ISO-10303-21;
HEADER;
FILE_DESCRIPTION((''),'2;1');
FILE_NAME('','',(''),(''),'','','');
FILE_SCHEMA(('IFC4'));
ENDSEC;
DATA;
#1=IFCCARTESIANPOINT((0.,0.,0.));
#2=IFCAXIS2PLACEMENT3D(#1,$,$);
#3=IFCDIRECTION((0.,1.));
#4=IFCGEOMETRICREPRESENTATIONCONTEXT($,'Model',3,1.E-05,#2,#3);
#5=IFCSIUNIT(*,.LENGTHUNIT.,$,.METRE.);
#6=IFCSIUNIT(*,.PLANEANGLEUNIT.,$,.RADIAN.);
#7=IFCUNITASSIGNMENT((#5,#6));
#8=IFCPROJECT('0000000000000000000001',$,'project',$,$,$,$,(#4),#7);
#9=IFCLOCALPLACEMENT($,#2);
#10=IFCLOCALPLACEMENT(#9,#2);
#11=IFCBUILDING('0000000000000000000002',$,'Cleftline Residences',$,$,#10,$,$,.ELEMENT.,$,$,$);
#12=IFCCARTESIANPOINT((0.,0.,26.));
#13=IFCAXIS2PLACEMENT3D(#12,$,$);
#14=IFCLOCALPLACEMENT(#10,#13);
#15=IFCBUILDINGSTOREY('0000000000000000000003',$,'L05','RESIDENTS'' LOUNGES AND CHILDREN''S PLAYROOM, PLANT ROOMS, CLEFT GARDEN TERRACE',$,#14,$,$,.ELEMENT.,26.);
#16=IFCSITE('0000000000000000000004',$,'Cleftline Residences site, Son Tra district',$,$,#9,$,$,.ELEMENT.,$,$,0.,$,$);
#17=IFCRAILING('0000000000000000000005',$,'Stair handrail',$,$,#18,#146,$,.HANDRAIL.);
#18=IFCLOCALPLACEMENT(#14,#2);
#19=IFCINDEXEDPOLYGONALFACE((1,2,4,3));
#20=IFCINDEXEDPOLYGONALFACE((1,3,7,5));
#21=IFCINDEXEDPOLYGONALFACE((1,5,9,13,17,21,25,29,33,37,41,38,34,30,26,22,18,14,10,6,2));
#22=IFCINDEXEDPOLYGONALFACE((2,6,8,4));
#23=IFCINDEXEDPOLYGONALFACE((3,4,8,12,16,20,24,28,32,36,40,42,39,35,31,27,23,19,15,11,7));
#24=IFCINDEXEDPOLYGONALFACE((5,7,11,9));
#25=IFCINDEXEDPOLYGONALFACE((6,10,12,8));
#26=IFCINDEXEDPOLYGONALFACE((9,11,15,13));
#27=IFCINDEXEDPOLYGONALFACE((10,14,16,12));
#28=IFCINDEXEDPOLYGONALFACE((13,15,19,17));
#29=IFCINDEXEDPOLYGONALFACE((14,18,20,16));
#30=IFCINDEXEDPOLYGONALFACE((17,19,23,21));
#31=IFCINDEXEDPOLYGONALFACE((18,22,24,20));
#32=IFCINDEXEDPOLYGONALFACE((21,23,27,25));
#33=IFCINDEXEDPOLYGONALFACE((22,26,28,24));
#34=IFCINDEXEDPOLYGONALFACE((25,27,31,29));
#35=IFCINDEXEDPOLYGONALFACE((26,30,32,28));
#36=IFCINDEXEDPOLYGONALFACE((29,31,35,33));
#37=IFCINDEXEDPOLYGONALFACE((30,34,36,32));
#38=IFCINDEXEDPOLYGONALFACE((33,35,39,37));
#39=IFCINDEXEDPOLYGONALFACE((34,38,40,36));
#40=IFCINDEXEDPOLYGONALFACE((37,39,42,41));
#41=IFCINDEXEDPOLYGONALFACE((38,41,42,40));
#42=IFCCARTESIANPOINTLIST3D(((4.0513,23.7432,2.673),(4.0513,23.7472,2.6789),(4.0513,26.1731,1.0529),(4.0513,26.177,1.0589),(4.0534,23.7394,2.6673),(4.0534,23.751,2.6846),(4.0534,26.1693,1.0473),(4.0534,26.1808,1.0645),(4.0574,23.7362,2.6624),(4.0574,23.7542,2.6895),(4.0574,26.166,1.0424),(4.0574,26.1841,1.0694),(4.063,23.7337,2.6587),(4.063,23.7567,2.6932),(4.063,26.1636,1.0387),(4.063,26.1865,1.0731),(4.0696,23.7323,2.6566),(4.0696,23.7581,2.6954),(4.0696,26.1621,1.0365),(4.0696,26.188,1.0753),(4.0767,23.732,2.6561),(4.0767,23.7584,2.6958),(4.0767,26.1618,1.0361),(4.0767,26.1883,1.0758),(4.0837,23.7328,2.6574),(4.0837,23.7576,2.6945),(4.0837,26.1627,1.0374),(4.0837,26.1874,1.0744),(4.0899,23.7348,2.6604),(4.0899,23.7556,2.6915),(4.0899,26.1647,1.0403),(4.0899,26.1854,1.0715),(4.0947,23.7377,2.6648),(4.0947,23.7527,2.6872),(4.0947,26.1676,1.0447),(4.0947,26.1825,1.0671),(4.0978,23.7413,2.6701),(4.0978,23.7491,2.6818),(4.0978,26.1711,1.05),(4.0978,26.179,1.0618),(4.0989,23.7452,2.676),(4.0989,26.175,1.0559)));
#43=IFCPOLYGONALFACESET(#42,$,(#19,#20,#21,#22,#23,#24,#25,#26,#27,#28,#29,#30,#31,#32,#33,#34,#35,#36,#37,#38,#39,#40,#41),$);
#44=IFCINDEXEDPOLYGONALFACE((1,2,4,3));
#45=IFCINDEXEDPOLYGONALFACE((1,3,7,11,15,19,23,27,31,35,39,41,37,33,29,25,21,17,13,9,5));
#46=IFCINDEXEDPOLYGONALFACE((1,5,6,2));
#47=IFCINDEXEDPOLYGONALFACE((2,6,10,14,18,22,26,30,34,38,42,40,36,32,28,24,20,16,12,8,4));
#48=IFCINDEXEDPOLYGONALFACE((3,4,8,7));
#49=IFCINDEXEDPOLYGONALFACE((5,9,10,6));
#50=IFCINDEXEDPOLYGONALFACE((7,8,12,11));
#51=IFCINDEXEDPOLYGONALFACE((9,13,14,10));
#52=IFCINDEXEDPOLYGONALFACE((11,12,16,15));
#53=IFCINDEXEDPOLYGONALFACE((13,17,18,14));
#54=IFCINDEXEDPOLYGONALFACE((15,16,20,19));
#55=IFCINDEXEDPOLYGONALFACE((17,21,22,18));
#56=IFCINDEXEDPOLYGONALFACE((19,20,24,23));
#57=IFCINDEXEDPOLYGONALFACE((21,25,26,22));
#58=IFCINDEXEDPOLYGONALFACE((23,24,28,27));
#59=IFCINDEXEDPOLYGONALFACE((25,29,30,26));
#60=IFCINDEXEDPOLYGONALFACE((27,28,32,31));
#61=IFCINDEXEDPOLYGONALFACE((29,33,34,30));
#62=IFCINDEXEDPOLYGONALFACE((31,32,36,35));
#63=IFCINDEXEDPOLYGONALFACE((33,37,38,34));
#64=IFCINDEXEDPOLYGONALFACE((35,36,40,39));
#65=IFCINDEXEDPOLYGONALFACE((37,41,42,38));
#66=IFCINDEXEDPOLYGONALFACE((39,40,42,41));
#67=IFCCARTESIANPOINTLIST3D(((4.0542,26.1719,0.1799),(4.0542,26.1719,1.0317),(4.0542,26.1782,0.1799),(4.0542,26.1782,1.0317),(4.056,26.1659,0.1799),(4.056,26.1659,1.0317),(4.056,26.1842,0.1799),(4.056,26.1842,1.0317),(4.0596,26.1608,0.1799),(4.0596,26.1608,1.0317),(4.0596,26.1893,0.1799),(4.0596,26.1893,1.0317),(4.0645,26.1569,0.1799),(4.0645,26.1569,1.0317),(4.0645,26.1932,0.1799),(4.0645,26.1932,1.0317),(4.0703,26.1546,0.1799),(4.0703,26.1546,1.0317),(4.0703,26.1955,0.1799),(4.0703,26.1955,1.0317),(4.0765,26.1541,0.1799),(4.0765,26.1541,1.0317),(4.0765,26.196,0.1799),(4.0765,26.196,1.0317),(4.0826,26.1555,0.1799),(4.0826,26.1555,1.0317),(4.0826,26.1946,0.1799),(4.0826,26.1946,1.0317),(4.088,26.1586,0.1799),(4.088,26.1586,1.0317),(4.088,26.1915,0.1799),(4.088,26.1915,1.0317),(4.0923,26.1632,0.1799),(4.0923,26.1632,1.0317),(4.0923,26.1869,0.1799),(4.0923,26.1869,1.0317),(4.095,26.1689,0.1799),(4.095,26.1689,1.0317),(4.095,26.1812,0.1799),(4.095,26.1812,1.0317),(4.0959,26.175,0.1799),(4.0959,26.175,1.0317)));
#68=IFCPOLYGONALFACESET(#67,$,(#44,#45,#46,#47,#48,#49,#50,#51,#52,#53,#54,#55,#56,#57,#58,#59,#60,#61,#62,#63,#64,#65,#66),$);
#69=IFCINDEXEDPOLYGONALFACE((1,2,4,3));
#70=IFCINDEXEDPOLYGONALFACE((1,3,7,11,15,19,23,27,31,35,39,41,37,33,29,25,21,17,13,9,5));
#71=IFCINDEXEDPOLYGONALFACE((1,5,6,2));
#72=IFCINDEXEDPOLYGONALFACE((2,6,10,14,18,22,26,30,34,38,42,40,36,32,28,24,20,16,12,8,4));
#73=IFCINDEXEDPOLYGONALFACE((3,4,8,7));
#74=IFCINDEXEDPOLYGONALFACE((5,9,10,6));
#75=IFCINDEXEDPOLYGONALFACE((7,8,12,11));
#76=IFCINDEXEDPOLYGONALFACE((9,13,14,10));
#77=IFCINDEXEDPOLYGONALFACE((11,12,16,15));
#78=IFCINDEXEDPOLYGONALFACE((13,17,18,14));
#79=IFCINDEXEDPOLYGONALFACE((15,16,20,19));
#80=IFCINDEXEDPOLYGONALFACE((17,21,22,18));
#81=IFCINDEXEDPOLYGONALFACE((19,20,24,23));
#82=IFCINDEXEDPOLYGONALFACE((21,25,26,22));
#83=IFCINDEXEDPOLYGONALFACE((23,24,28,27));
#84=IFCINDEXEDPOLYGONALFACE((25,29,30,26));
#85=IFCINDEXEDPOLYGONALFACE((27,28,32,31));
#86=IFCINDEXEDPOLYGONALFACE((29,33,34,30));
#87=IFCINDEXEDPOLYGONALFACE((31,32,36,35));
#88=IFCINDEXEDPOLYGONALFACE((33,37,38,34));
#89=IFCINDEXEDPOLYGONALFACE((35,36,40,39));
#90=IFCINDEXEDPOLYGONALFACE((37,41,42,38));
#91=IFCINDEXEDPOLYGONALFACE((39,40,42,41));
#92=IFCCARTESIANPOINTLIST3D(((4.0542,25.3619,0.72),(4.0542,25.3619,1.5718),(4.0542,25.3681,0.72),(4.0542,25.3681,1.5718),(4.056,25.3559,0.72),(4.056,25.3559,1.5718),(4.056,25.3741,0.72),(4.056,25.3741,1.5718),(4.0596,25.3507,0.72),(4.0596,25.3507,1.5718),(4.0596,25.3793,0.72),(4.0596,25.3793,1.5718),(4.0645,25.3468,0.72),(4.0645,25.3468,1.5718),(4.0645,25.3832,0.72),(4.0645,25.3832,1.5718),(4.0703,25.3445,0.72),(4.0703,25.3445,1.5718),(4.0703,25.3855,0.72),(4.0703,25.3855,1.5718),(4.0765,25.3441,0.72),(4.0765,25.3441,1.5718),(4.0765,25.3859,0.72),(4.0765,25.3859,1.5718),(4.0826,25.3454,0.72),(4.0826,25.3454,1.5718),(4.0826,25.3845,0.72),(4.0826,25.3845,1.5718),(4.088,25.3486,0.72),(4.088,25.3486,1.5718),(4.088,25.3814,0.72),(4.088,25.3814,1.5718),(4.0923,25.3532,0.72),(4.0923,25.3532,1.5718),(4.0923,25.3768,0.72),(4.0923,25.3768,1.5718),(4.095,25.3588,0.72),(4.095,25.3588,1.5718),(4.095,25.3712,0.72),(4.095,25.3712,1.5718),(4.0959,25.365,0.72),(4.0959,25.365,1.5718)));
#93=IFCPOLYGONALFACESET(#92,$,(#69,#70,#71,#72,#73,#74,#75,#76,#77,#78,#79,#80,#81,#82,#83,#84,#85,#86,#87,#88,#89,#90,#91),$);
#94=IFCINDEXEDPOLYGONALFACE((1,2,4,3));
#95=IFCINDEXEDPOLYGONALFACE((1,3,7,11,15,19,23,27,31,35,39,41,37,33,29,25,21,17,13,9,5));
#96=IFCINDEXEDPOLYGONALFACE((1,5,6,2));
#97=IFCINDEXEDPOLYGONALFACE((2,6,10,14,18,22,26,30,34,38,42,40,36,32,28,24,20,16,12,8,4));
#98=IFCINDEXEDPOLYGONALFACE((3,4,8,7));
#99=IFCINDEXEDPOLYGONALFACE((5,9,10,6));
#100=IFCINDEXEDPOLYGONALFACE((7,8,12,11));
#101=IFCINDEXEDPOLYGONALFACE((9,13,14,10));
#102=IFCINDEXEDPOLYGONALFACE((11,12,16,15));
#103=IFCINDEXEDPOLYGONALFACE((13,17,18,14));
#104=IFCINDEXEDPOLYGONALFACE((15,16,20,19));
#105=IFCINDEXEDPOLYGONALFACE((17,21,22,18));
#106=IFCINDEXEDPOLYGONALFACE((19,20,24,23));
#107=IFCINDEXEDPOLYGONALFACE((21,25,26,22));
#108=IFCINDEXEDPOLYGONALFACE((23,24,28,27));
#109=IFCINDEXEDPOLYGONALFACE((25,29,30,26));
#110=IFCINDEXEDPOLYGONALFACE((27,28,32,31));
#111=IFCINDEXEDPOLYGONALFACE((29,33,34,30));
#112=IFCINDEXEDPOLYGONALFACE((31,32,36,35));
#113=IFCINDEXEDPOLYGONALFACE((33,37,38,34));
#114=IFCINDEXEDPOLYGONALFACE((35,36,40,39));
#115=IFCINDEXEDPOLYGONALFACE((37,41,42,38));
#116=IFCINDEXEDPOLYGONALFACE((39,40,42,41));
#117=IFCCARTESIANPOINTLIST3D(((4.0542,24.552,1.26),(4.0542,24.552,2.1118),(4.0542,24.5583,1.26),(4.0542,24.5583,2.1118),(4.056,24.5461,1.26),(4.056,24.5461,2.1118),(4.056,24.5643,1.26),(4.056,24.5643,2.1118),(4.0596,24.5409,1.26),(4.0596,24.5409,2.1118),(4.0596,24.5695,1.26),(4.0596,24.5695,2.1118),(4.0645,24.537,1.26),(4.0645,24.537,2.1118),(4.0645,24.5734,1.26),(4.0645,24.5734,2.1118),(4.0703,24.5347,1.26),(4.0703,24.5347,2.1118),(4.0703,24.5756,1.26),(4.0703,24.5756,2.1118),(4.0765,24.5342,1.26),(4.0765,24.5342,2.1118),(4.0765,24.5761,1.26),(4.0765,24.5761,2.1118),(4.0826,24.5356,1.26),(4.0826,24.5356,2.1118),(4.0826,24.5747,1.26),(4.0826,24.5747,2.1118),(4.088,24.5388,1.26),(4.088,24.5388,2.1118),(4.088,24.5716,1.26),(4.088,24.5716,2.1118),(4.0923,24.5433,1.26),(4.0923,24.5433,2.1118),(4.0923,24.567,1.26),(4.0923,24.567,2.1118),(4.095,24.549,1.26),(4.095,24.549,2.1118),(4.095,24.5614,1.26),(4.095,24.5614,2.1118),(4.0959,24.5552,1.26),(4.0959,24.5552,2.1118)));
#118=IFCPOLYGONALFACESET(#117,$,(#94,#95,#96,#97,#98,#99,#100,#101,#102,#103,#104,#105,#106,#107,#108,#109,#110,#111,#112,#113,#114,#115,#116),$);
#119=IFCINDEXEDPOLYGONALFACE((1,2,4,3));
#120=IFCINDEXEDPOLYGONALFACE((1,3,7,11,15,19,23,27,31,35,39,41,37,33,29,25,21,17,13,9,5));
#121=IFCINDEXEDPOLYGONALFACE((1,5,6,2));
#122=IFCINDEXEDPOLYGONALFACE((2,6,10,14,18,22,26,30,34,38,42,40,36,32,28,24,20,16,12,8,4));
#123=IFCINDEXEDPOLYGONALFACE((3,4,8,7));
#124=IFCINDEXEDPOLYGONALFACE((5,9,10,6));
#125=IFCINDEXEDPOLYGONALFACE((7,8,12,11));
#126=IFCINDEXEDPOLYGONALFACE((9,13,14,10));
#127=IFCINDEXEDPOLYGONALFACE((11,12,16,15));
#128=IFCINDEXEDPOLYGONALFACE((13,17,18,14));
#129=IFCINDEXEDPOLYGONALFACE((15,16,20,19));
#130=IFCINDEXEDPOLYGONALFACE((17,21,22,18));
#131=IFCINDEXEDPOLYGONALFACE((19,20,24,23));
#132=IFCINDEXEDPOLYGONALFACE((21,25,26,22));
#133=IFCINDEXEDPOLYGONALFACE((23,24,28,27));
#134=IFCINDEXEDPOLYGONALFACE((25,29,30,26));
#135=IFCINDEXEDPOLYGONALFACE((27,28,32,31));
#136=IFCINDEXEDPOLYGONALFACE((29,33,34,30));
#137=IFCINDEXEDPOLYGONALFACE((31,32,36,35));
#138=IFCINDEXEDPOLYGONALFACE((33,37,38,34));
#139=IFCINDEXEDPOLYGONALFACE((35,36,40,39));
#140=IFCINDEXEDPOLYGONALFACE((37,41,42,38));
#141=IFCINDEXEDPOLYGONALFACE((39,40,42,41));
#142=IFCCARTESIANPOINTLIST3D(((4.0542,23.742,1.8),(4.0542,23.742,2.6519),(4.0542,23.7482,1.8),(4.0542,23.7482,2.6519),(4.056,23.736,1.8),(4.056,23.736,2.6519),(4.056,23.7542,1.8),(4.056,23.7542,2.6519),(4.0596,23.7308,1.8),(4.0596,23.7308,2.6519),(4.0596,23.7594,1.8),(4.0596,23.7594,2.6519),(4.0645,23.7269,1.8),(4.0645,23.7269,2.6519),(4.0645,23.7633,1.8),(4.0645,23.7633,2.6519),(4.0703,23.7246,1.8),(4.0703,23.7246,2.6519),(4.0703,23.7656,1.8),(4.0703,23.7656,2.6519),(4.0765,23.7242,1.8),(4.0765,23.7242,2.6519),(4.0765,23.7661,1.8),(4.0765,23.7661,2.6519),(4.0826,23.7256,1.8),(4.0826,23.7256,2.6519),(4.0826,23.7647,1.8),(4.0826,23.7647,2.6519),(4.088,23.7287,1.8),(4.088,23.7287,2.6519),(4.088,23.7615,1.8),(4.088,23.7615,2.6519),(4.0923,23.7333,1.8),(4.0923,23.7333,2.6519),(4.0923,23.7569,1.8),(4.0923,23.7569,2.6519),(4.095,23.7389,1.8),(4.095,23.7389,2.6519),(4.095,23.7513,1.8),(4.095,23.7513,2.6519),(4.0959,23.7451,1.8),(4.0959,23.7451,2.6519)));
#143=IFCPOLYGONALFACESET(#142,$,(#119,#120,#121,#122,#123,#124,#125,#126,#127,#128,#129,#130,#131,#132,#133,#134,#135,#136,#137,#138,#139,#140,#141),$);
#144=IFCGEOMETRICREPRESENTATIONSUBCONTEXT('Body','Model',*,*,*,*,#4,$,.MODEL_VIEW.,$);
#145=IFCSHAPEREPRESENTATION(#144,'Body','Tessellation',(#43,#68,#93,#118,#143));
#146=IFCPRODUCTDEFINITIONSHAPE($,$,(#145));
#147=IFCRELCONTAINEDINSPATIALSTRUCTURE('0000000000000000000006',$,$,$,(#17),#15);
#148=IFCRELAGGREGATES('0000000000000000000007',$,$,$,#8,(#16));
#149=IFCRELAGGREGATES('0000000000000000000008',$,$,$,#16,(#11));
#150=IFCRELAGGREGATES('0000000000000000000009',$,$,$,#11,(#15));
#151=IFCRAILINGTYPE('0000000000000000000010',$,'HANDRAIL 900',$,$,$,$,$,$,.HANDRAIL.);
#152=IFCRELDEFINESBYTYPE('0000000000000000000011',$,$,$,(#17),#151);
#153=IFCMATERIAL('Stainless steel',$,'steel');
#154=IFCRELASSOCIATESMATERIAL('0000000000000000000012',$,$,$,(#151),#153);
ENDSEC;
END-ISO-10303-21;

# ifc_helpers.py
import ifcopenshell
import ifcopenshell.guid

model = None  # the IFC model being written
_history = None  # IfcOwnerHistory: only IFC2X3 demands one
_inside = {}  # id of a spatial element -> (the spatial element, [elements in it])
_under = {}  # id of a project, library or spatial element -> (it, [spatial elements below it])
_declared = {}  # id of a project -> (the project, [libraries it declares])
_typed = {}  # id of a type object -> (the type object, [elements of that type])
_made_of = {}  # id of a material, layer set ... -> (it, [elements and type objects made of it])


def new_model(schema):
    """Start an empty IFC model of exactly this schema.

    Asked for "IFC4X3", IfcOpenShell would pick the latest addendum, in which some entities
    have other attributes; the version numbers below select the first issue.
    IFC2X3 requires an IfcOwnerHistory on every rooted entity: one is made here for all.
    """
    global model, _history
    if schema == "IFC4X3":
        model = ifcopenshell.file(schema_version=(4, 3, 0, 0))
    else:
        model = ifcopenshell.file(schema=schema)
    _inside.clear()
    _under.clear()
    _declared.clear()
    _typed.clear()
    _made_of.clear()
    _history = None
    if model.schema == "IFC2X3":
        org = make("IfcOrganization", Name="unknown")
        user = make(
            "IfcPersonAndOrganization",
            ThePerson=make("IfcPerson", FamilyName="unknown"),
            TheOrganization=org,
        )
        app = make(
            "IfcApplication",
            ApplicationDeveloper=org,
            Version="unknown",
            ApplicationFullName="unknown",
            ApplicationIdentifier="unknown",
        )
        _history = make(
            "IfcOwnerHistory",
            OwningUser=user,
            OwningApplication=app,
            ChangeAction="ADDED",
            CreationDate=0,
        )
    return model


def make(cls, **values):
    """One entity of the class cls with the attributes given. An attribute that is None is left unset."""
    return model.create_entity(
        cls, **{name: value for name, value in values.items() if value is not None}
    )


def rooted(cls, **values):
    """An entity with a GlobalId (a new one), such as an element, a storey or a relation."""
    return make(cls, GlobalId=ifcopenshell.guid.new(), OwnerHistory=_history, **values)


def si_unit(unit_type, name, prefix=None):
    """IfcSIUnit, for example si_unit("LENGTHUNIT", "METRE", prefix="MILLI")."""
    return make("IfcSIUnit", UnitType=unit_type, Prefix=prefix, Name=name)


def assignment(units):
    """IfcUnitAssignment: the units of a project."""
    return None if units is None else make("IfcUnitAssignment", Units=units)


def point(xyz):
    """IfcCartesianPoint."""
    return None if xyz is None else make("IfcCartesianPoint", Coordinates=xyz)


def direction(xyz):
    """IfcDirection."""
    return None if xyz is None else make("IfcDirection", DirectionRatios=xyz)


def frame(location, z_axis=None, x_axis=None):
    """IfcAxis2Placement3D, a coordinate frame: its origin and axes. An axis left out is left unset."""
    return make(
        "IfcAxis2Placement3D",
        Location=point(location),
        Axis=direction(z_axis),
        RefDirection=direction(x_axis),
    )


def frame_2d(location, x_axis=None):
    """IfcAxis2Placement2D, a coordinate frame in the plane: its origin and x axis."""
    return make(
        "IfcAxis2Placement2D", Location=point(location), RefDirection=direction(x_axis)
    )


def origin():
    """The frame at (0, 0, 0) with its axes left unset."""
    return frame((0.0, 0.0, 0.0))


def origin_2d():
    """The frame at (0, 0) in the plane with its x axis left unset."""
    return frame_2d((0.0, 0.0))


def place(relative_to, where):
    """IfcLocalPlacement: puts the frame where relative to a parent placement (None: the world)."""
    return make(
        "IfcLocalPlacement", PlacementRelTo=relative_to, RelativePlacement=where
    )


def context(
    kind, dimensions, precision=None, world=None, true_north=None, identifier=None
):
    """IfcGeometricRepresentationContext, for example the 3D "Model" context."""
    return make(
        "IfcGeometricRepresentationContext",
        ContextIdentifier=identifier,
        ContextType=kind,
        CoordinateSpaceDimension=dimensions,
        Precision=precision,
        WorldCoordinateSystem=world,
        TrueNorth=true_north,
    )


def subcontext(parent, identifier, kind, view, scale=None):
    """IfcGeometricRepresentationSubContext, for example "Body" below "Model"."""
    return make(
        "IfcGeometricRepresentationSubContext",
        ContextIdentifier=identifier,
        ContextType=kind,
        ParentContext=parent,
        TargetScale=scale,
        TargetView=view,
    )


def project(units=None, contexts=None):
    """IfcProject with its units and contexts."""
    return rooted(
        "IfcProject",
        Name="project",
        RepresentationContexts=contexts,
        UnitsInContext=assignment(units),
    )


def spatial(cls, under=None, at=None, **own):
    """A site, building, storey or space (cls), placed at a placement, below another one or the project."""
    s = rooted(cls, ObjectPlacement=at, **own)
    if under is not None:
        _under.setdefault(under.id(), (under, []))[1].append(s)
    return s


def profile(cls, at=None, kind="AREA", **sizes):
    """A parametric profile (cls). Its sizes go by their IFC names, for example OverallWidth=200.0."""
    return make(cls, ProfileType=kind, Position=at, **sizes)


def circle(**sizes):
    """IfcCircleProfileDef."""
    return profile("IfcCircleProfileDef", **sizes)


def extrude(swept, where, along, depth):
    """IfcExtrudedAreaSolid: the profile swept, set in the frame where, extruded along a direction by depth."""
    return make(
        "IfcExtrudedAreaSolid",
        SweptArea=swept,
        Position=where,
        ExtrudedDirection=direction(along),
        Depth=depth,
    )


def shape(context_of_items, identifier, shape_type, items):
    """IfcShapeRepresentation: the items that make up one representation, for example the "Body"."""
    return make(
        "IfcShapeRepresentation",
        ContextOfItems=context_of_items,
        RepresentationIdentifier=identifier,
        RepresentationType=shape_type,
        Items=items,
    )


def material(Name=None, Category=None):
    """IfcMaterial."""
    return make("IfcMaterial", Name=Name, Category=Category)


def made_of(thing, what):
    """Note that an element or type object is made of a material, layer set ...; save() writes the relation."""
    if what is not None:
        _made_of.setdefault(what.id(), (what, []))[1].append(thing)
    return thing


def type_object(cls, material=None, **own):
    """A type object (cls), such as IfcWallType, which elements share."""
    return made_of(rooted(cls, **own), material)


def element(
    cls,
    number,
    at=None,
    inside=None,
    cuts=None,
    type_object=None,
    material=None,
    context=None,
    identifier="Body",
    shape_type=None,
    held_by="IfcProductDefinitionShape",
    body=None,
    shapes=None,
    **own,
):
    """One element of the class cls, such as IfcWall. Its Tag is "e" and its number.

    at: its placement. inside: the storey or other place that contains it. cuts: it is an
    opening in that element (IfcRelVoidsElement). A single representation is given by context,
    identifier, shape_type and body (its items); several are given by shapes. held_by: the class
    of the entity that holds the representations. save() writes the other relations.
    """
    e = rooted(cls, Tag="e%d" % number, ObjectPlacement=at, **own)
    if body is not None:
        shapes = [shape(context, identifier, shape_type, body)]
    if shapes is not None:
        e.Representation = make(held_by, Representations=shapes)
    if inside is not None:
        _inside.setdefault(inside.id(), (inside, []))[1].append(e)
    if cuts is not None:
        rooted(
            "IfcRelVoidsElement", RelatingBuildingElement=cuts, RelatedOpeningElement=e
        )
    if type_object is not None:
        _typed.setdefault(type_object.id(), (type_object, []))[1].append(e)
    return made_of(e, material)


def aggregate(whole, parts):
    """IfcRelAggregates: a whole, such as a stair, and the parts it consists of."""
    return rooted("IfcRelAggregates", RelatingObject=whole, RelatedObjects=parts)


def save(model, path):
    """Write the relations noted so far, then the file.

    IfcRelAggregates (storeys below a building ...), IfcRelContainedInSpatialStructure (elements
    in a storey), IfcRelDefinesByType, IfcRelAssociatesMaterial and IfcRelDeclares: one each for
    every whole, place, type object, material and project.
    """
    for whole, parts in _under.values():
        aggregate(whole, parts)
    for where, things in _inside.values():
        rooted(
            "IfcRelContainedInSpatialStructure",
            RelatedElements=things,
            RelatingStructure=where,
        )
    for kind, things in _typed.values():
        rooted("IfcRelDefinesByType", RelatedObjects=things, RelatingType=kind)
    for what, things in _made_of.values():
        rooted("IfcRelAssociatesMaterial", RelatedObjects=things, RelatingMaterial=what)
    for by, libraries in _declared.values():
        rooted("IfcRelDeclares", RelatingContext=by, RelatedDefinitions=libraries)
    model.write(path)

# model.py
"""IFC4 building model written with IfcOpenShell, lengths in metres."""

from ifc_helpers import new_model, si_unit, direction, frame, origin, origin_2d, place, context, subcontext, project, spatial, circle, extrude, material, type_object, element, save


model = new_model("IFC4")

# Units and contexts
model_context = context("Model", 3, precision=1e-05, world=origin(), true_north=direction((0.0, 1.0)))
body_context = subcontext(model_context, "Body", "Model", "MODEL_VIEW")
ifc_project = project(units=[si_unit("LENGTHUNIT", "METRE"), si_unit("PLANEANGLEUNIT", "RADIAN")], contexts=[model_context])

# Site, building, storey
site_placement = place(None, origin())
site = spatial("IfcSite", under=ifc_project, at=site_placement, Name="Cleftline Residences site, Son Tra district", CompositionType="ELEMENT", RefElevation=0.0)
building_placement = place(site_placement, origin())
building = spatial("IfcBuilding", under=site, at=building_placement, Name="Cleftline Residences", CompositionType="ELEMENT")
storey_placement = place(building_placement, frame((0.0, 0.0, 26.0)))
storey = spatial("IfcBuildingStorey", under=building, at=storey_placement, Name="L05", Description="RESIDENTS' LOUNGES AND CHILDREN'S PLAYROOM, PLANT ROOMS, CLEFT GARDEN TERRACE", CompositionType="ELEMENT", Elevation=26.0)

# Railing
ifc_material_1 = material(Name="Stainless steel", Category="steel")
railing_type = type_object("IfcRailingType", Name="HANDRAIL 900", PredefinedType="HANDRAIL", material=ifc_material_1)
railing_1_placement = place(storey_placement, frame((4.075, 26.175, 0.1799)))
element("IfcRailing", 1, at=railing_1_placement, inside=storey, type_object=railing_type, Name="Stair handrail", PredefinedType="HANDRAIL", context=body_context, shape_type="SweptSolid", body=[
    extrude(circle(Radius=0.0239, at=origin_2d()), frame((0.0, 0.0, 0.876), z_axis=(0.0, -0.832025, 0.554739), x_axis=(1.0, 0.0, 0.0)), (0.0, 0.0, 1.0), 2.9204),
    extrude(circle(Radius=0.021, at=origin_2d()), origin(), (0.0, 0.0, 1.0), 0.8518),
    extrude(circle(Radius=0.021, at=origin_2d()), frame((0.0, -0.8101, 0.54)), (0.0, 0.0, 1.0), 0.8518),
    extrude(circle(Radius=0.021, at=origin_2d()), frame((0.0, -1.6199, 1.0801)), (0.0, 0.0, 1.0), 0.8518),
    extrude(circle(Radius=0.021, at=origin_2d()), frame((0.0, -2.4299, 1.6201)), (0.0, 0.0, 1.0), 0.8518),
])

save(model, "model.ifc")
